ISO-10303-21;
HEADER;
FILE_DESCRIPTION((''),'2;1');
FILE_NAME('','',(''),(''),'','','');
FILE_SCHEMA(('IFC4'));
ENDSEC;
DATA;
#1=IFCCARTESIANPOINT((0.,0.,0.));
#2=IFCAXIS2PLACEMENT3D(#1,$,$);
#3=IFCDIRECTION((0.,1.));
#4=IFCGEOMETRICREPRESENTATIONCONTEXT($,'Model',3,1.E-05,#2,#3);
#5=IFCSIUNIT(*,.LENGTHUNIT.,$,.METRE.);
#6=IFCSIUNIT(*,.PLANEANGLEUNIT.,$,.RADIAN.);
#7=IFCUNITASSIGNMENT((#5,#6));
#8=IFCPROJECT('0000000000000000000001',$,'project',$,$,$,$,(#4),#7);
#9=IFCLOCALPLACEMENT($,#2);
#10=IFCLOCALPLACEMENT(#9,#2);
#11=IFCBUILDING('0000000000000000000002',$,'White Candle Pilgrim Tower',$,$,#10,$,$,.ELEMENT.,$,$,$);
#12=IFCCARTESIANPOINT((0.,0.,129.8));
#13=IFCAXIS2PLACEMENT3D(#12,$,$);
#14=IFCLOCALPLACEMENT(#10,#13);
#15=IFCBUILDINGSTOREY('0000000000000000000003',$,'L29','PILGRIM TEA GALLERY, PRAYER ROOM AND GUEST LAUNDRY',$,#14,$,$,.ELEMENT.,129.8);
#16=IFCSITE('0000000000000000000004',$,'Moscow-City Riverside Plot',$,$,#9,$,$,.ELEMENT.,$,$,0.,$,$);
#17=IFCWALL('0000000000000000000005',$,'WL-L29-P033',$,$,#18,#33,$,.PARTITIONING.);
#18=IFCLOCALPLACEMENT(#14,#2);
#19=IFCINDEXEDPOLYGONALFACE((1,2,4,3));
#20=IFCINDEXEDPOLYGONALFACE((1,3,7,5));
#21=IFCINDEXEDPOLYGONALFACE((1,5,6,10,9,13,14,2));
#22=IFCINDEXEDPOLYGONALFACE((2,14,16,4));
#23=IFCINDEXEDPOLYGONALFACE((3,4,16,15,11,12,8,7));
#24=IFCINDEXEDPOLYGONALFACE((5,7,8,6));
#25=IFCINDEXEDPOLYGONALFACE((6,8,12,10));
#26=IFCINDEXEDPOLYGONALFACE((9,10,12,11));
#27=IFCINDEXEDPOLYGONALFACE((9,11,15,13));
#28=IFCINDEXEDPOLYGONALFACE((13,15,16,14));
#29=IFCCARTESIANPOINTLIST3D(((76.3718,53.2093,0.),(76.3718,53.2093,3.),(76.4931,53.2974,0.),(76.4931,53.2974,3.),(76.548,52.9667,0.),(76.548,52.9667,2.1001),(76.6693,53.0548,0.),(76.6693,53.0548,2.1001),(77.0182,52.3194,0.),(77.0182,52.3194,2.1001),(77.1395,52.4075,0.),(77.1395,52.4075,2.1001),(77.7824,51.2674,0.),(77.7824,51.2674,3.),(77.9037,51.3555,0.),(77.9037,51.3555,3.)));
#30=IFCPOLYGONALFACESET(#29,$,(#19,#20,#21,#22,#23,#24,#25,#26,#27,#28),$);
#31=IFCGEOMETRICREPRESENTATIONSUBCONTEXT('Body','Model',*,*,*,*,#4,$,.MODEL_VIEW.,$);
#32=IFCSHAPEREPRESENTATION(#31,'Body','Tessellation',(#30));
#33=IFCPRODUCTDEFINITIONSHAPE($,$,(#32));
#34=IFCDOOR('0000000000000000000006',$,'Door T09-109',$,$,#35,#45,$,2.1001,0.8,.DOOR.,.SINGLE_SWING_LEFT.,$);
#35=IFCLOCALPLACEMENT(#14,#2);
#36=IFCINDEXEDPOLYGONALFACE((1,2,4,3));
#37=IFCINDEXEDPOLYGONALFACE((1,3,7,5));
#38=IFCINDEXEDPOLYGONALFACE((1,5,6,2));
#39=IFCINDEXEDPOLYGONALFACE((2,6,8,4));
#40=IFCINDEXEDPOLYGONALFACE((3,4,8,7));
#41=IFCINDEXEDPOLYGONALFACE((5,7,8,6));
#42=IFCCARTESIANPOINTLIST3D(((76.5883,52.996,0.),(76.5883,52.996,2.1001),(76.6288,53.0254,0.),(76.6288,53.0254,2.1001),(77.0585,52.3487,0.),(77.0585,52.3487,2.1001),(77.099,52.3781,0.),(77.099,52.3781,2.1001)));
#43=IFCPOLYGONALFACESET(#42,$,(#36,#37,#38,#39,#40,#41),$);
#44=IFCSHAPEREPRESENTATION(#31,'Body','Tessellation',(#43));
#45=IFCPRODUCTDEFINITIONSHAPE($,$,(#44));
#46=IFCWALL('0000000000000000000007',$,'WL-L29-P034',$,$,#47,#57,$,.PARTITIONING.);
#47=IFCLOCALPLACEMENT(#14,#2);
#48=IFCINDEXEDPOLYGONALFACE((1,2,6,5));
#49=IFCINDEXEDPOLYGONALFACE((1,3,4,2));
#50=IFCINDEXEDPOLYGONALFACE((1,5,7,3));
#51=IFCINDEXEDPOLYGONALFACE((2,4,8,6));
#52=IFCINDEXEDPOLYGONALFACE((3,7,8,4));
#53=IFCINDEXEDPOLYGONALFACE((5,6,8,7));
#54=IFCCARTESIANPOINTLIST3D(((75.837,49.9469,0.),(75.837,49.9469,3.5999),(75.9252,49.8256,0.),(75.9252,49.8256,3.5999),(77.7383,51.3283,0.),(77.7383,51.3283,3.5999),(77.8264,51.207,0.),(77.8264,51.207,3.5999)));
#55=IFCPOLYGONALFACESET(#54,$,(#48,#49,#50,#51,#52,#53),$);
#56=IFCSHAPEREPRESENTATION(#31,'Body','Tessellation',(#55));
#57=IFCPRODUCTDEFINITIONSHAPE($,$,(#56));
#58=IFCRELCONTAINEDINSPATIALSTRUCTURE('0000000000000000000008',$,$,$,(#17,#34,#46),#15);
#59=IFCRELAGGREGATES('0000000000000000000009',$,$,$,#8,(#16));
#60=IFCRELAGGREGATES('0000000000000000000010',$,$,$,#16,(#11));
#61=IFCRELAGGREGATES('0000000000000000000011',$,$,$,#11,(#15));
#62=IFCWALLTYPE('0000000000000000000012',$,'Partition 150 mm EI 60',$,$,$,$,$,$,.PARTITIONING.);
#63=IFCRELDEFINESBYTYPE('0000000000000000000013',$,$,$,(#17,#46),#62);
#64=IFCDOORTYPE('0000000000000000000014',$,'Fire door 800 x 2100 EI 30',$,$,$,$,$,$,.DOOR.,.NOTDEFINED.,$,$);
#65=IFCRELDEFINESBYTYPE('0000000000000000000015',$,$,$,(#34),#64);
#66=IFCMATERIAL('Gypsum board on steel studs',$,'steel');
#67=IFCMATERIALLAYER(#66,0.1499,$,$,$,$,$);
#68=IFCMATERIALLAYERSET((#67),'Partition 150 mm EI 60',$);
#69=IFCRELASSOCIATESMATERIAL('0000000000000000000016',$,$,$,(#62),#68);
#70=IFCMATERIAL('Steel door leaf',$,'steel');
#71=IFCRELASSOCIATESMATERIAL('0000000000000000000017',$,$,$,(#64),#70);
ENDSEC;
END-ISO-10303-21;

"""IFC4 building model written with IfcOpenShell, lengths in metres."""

from ifc_helpers import new_model, si_unit, direction, frame, frame_2d, origin, place, context, subcontext, project, spatial, rectangle, extrude, material, layer, layer_set, type_object, element, fill, save


model = new_model("IFC4")

# Units and contexts
model_context = context("Model", 3, precision=1e-05, world=origin(), true_north=direction((0.0, 1.0)))
body_context = subcontext(model_context, "Body", "Model", "MODEL_VIEW")
ifc_project = project(units=[si_unit("LENGTHUNIT", "METRE"), si_unit("PLANEANGLEUNIT", "RADIAN")], contexts=[model_context])

# Site, building, storey
site_placement = place(None, origin())
site = spatial("IfcSite", under=ifc_project, at=site_placement, Name="Moscow-City Riverside Plot", CompositionType="ELEMENT", RefElevation=0.0)
building_placement = place(site_placement, origin())
building = spatial("IfcBuilding", under=site, at=building_placement, Name="White Candle Pilgrim Tower", CompositionType="ELEMENT")
storey_placement = place(building_placement, frame((0.0, 0.0, 129.8)))
storey = spatial("IfcBuildingStorey", under=building, at=storey_placement, Name="L29", Description="PILGRIM TEA GALLERY, PRAYER ROOM AND GUEST LAUNDRY", CompositionType="ELEMENT", Elevation=129.8)

# Shared definitions
ifc_material_1 = material(Name="Gypsum board on steel studs", Category="steel")
ifc_material_2 = material(Name="Steel door leaf", Category="steel")

# Shared definitions
ifc_layer_1 = layer(ifc_material_1, 0.1499)
ifc_layer_set_1 = layer_set([ifc_layer_1], Name="Partition 150 mm EI 60")
wall_type_1 = type_object("IfcWallType", Name="Partition 150 mm EI 60", PredefinedType="PARTITIONING", material=ifc_layer_set_1)

# Wall, opening, door
wall_1_placement = place(storey_placement, frame((76.4324, 53.2534, 0.0), z_axis=(0.0, 0.0, 1.0), x_axis=(0.587724, -0.809061, 0.0)))
wall_1 = element("IfcWall", 1, at=wall_1_placement, inside=storey, type_object=wall_type_1, Name="WL-L29-P033", PredefinedType="PARTITIONING", context=body_context, shape_type="SweptSolid", body=[
    extrude(rectangle(XDim=2.4001, YDim=0.1499, at=frame_2d((1.2002, 0.0))), origin(), (0.0, 0.0, 1.0), 3.0),
])
opening_1_placement = place(wall_1_placement, frame((0.3, 0.0, 0.0)))
opening_1 = element("IfcOpeningElement", 2, at=opening_1_placement, cuts=wall_1, PredefinedType="OPENING", context=body_context, shape_type="SweptSolid", body=[
    extrude(rectangle(XDim=0.8, YDim=2.1001, at=frame_2d((0.3999, 1.05))), frame((0.0, 0.085, 0.0), z_axis=(0.0, -1.0, 0.0), x_axis=(1.0, 0.0, 0.0)), (0.0, 0.0, 1.0), 0.1699),
])
door_type_1 = type_object("IfcDoorType", Name="Fire door 800 x 2100 EI 30", OperationType="NOTDEFINED", PredefinedType="DOOR", material=ifc_material_2)
door_1_placement = place(opening_1_placement, origin())
door_1 = element("IfcDoor", 3, at=door_1_placement, inside=storey, type_object=door_type_1, Name="Door T09-109", OperationType="SINGLE_SWING_LEFT", OverallHeight=2.1001, OverallWidth=0.8, PredefinedType="DOOR", context=body_context, shape_type="SweptSolid", body=[
    extrude(rectangle(XDim=0.8, YDim=2.1001, at=frame_2d((0.3999, 1.05))), frame((0.0, 0.0249, 0.0), z_axis=(0.0, -1.0, 0.0), x_axis=(1.0, 0.0, 0.0)), (0.0, 0.0, 1.0), 0.05),
])
fill(opening_1, door_1)

# Wall
wall_2_placement = place(storey_placement, frame((75.8811, 49.8862, 0.0), z_axis=(0.0, 0.0, 1.0), x_axis=(0.808997, 0.587813, 0.0)))
element("IfcWall", 4, at=wall_2_placement, inside=storey, type_object=wall_type_1, Name="WL-L29-P034", PredefinedType="PARTITIONING", context=body_context, shape_type="SweptSolid", body=[
    extrude(rectangle(XDim=2.3501, YDim=0.1499, at=frame_2d((1.175, 0.0))), origin(), (0.0, 0.0, 1.0), 3.5999),
])

save(model, "model.ifc")
